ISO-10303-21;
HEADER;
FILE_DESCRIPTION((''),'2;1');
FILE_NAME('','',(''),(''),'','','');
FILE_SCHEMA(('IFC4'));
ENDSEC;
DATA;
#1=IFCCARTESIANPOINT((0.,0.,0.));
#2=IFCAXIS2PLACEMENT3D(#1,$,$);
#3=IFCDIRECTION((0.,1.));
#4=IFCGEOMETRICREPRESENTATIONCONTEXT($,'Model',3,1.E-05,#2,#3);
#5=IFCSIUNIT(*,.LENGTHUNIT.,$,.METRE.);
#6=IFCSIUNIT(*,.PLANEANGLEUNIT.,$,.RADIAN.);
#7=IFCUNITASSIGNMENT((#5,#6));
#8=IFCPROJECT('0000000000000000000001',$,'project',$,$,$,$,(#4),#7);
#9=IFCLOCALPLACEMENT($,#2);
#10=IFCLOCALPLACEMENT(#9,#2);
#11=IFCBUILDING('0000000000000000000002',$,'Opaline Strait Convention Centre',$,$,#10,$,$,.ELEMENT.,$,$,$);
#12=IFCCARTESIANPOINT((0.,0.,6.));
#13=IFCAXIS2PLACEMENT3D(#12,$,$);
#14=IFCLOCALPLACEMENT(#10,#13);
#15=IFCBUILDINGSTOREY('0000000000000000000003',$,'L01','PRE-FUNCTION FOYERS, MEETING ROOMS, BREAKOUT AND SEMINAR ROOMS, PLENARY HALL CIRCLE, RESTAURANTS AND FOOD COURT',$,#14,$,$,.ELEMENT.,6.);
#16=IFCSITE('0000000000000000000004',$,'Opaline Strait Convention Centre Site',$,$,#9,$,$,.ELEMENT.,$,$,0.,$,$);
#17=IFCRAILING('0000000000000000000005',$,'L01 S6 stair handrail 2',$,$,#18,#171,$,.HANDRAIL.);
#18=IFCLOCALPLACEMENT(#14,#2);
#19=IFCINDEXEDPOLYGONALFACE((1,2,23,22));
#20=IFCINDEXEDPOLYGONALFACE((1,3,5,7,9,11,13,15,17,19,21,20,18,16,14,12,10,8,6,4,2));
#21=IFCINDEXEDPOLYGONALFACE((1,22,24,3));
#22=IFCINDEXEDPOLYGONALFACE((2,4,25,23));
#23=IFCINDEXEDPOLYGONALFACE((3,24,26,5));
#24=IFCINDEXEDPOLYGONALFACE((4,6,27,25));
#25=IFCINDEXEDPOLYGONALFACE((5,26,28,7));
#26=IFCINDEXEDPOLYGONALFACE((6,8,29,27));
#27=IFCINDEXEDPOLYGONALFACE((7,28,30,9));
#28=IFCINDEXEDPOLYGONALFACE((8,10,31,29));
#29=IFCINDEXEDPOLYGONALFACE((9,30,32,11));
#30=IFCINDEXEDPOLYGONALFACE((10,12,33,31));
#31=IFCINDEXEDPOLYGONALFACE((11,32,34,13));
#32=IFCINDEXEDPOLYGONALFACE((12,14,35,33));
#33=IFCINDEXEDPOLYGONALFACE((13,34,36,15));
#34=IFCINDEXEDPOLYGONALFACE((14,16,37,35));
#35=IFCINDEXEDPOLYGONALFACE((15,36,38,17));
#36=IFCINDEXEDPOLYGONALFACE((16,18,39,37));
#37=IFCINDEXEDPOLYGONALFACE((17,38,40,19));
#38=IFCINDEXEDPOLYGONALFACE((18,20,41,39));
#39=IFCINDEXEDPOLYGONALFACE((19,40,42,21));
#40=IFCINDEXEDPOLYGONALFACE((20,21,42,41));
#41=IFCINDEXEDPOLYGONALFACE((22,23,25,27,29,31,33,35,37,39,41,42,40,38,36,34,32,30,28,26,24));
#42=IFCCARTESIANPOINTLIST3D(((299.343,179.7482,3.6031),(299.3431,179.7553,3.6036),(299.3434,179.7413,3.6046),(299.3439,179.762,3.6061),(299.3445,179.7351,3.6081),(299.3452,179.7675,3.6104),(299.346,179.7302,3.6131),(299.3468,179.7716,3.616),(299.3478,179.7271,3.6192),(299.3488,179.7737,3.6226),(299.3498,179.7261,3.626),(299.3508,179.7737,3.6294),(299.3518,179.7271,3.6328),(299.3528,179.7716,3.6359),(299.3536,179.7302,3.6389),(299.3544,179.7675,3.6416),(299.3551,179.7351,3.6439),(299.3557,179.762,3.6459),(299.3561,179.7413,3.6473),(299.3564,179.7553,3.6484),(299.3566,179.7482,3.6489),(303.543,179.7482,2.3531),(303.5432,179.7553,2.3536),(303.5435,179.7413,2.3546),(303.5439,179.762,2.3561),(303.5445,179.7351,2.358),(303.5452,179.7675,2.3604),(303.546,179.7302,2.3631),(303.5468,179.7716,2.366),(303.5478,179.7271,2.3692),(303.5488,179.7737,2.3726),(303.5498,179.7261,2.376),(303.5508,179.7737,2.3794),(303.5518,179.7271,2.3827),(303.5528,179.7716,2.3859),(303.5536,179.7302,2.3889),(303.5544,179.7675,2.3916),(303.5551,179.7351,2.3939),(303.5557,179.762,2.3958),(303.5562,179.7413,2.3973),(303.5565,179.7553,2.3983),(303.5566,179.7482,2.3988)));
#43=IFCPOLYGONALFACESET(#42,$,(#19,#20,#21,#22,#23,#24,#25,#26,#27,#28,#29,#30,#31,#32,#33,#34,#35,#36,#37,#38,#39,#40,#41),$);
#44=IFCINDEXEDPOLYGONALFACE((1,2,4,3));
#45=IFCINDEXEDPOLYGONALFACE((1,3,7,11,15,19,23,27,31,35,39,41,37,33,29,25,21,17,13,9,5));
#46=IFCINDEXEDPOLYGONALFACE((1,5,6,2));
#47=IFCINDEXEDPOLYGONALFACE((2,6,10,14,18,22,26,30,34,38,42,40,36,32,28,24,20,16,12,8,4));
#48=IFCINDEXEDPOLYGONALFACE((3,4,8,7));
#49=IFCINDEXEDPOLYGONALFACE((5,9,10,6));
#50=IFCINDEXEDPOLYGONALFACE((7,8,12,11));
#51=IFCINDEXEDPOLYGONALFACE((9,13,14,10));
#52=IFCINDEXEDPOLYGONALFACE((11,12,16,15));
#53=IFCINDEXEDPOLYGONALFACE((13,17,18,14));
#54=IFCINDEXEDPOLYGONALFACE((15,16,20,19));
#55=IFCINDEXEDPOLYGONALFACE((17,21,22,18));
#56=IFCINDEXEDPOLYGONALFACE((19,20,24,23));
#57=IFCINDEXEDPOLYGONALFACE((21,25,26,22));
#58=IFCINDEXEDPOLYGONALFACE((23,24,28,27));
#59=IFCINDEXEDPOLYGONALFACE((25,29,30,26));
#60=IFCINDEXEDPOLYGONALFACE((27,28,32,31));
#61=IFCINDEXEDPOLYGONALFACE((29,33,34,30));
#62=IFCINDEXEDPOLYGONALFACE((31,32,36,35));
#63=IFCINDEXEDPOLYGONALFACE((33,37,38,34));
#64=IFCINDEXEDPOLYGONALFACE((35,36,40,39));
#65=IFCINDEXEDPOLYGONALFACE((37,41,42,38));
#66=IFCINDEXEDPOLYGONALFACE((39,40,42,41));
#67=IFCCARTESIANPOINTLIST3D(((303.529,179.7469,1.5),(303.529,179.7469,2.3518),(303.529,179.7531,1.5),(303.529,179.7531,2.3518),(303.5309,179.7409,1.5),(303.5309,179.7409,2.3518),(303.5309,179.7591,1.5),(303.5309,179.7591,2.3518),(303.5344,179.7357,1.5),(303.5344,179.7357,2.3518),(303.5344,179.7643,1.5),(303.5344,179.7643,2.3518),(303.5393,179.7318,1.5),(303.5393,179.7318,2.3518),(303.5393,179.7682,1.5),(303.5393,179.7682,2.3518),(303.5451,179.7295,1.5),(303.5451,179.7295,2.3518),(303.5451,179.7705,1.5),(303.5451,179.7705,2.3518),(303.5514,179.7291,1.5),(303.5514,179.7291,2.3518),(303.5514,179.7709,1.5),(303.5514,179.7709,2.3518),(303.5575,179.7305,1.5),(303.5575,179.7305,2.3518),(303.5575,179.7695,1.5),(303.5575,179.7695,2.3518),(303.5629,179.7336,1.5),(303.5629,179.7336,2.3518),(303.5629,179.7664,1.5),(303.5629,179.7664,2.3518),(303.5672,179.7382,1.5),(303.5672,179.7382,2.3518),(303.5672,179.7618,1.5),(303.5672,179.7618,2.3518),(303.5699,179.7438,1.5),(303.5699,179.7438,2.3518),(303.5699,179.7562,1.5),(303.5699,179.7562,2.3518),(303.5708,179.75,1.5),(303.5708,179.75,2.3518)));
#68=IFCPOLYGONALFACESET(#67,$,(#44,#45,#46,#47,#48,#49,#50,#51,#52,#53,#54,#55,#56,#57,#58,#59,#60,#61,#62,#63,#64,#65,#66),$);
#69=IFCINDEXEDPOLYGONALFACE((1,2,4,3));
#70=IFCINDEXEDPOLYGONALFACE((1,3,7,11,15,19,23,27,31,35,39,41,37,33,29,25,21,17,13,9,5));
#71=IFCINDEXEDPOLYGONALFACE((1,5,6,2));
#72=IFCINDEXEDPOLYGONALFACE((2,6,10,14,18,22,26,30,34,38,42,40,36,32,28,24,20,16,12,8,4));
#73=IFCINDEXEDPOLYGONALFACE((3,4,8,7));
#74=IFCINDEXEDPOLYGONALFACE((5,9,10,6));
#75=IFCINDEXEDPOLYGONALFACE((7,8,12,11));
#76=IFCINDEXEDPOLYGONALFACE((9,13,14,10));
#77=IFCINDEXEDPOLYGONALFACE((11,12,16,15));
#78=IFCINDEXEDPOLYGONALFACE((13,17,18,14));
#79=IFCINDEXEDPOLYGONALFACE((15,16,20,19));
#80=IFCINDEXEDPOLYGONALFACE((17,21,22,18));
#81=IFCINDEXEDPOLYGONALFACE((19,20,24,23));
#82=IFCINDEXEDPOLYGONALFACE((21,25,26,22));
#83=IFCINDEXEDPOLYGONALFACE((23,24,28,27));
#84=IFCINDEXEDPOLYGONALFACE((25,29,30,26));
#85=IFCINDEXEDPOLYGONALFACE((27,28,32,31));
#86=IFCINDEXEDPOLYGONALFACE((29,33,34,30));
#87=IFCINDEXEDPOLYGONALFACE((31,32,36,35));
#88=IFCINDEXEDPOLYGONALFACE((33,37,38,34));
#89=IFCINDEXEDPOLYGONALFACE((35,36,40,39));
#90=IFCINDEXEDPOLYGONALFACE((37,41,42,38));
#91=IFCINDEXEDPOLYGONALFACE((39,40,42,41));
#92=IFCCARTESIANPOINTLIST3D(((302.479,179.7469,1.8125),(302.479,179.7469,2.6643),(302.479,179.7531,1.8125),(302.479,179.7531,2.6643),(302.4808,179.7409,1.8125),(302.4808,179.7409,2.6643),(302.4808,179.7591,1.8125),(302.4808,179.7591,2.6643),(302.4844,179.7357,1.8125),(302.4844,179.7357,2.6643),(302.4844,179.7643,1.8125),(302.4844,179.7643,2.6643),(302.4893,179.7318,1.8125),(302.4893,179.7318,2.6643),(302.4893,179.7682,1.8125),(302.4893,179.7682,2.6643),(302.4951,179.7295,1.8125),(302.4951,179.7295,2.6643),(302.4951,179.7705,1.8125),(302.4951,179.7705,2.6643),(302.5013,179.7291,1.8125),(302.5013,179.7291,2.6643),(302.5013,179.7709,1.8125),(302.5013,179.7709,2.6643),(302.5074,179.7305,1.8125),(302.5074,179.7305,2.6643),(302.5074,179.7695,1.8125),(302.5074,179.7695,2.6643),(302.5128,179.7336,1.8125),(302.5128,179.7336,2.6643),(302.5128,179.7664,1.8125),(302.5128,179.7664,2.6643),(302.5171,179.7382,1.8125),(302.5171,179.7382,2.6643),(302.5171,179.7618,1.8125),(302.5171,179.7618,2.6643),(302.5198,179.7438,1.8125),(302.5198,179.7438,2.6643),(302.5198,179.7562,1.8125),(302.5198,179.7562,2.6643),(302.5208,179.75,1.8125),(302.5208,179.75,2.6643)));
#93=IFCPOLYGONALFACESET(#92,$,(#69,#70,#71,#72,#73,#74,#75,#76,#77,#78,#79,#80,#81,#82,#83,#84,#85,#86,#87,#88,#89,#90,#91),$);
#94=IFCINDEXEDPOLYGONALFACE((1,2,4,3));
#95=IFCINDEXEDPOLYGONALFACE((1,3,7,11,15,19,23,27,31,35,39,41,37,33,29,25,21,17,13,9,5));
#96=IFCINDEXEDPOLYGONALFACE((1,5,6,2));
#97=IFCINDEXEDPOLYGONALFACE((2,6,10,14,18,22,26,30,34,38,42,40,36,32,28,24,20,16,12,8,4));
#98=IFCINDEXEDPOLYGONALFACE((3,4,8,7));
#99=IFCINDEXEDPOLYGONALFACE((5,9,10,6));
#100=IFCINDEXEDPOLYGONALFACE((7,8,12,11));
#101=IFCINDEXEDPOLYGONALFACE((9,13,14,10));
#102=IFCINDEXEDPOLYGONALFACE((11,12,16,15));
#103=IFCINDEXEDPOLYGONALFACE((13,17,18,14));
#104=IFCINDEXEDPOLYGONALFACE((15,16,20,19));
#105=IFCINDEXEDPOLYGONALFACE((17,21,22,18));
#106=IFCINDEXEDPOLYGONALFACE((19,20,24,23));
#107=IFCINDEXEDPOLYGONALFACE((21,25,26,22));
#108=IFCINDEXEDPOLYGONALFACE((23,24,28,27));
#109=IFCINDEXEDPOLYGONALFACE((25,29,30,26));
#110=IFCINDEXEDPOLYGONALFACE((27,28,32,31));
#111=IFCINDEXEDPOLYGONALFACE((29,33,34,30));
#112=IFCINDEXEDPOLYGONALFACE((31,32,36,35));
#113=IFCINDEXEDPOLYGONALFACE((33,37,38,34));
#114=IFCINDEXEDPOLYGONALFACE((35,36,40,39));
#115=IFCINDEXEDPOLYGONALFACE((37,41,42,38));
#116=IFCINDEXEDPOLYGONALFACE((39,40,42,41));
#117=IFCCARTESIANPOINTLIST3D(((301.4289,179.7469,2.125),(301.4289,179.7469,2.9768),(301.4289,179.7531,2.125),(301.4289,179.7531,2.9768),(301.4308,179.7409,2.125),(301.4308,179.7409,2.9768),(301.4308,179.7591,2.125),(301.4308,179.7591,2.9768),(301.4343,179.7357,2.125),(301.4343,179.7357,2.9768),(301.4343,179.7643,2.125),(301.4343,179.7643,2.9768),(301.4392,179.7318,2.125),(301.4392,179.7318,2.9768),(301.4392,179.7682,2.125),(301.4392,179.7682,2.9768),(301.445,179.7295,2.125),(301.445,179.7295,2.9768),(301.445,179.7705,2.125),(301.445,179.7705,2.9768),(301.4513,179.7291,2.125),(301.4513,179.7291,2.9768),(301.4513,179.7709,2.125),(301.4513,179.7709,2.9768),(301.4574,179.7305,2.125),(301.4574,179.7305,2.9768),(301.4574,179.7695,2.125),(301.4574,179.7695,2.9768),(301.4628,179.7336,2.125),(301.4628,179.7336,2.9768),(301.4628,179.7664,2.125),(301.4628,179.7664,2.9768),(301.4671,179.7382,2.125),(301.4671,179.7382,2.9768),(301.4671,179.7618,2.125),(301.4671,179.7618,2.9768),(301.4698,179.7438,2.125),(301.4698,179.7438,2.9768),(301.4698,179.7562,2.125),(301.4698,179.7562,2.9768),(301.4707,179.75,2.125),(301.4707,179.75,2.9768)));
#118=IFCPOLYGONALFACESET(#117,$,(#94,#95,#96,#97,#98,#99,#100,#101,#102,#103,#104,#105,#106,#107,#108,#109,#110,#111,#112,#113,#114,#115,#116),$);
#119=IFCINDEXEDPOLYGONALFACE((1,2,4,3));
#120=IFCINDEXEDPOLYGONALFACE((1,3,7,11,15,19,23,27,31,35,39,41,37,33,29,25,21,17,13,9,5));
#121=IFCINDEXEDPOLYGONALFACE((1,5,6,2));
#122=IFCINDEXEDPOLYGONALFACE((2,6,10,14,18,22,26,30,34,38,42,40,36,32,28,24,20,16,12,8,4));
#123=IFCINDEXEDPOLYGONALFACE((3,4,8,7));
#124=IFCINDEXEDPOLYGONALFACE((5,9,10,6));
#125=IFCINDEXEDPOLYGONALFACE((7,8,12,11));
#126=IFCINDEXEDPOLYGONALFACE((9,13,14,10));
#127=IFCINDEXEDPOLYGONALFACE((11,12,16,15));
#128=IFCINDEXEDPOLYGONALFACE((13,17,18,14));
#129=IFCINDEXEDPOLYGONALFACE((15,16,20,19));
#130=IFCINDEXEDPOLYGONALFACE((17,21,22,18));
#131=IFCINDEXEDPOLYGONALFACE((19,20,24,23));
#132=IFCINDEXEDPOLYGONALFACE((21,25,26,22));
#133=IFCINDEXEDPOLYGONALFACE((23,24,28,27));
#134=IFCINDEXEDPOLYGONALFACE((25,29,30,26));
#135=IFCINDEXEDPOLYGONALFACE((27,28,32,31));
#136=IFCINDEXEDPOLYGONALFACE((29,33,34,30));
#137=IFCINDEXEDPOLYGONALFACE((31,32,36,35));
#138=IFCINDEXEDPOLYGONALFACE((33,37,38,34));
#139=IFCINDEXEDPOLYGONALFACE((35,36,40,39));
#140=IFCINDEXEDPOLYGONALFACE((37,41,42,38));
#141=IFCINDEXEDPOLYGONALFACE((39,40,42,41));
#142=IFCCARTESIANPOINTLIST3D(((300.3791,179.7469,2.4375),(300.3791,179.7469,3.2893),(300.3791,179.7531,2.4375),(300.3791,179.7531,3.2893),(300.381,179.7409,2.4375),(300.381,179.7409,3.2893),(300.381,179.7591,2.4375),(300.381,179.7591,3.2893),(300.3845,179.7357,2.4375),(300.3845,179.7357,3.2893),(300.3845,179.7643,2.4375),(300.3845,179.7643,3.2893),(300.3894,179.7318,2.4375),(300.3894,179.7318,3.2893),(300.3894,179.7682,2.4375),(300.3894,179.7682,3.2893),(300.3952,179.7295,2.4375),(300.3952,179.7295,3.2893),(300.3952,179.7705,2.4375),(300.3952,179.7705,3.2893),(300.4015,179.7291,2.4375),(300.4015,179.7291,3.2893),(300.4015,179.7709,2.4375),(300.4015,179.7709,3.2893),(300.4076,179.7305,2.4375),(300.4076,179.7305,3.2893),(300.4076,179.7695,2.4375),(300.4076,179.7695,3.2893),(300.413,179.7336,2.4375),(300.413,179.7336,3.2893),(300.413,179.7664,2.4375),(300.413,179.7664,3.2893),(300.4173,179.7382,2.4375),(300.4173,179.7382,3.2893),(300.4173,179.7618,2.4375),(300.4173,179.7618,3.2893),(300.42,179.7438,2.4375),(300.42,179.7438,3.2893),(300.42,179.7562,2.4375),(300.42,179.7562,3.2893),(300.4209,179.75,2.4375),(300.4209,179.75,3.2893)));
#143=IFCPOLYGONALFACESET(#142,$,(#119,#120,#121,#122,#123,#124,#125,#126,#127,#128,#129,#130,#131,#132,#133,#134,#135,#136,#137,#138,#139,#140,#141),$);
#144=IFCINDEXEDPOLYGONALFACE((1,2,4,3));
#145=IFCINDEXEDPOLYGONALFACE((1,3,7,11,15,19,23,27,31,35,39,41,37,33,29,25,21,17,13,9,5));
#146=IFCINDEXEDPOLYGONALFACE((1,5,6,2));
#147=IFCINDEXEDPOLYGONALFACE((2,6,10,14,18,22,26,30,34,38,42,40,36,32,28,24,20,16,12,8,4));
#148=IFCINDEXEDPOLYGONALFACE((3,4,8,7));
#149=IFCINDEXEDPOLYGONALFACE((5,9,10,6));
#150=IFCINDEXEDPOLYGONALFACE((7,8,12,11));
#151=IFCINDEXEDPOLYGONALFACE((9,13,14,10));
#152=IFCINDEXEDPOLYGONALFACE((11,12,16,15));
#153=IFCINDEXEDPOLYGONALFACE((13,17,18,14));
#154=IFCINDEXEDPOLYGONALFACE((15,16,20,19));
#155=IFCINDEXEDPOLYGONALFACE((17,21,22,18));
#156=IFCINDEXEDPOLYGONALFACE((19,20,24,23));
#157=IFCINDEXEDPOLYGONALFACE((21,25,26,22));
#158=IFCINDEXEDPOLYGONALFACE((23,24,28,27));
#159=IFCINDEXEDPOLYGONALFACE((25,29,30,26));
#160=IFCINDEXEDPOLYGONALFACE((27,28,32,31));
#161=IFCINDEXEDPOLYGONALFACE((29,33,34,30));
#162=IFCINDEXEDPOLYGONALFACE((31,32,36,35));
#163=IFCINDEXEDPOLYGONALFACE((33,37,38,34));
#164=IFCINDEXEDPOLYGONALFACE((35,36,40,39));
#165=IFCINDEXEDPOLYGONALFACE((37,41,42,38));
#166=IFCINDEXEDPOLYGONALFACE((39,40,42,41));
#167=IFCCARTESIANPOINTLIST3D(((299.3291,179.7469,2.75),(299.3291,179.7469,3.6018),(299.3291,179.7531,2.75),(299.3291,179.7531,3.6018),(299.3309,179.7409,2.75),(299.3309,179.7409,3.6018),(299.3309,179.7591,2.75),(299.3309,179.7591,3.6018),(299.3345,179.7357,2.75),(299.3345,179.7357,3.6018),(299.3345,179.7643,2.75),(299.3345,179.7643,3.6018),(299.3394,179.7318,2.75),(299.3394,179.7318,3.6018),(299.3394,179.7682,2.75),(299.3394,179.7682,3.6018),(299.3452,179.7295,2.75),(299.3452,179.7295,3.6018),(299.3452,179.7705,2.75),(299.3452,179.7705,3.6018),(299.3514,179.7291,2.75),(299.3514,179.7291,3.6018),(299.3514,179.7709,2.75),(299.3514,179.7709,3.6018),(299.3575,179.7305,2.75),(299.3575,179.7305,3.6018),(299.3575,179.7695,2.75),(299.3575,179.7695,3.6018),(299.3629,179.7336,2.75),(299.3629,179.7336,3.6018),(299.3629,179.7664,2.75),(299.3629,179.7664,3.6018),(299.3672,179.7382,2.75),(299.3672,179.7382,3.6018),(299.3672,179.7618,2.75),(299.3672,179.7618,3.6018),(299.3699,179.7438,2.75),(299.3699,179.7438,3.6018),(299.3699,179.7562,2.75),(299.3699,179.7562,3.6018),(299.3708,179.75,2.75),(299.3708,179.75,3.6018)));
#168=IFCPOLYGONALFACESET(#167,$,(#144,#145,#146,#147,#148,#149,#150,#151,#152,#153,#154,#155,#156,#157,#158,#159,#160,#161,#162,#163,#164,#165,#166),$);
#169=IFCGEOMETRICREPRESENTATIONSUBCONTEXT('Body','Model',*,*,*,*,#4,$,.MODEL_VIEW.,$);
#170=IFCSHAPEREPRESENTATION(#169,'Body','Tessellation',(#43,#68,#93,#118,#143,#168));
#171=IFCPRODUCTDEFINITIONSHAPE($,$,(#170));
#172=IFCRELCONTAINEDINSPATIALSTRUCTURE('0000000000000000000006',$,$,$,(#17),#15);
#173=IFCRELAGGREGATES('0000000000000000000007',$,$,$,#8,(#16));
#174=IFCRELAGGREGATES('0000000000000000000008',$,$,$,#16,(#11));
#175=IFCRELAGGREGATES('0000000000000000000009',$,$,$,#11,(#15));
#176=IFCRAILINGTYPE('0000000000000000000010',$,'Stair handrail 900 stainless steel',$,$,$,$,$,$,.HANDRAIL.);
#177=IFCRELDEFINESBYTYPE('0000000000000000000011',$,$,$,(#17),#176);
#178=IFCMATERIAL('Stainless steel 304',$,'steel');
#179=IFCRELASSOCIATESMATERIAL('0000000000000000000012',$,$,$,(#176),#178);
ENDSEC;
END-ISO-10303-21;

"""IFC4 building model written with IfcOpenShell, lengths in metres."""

from ifc_helpers import new_model, si_unit, direction, frame, origin, origin_2d, place, context, subcontext, project, spatial, circle, extrude, material, type_object, element, save


model = new_model("IFC4")

# Units and contexts
model_context = context("Model", 3, precision=1e-05, world=origin(), true_north=direction((0.0, 1.0)))
body_context = subcontext(model_context, "Body", "Model", "MODEL_VIEW")
ifc_project = project(units=[si_unit("LENGTHUNIT", "METRE"), si_unit("PLANEANGLEUNIT", "RADIAN")], contexts=[model_context])

# Site, building, storey
site_placement = place(None, origin())
site = spatial("IfcSite", under=ifc_project, at=site_placement, Name="Opaline Strait Convention Centre Site", CompositionType="ELEMENT", RefElevation=0.0)
building_placement = place(site_placement, origin())
building = spatial("IfcBuilding", under=site, at=building_placement, Name="Opaline Strait Convention Centre", CompositionType="ELEMENT")
storey_placement = place(building_placement, frame((0.0, 0.0, 6.0)))
storey = spatial("IfcBuildingStorey", under=building, at=storey_placement, Name="L01", Description="PRE-FUNCTION FOYERS, MEETING ROOMS, BREAKOUT AND SEMINAR ROOMS, PLENARY HALL CIRCLE, RESTAURANTS AND FOOD COURT", CompositionType="ELEMENT", Elevation=6.0)

# Railing
ifc_material_1 = material(Name="Stainless steel 304", Category="steel")
railing_type_1 = type_object("IfcRailingType", Name="Stair handrail 900 stainless steel", PredefinedType="HANDRAIL", material=ifc_material_1)
railing_1_placement = place(storey_placement, frame((303.5498, 179.75, 1.5)))
element("IfcRailing", 1, at=railing_1_placement, inside=storey, type_object=railing_type_1, Name="L01 S6 stair handrail 2", PredefinedType="HANDRAIL", context=body_context, shape_type="SweptSolid", body=[
    extrude(circle(Radius=0.0239, at=origin_2d()), frame((0.0, 0.0, 0.876), z_axis=(-0.958451, 0.0, 0.285257), x_axis=(0.0, -1.0, 0.0)), (0.0, 0.0, 1.0), 4.3821),
    extrude(circle(Radius=0.021, at=origin_2d()), origin(), (0.0, 0.0, 1.0), 0.8518),
    extrude(circle(Radius=0.021, at=origin_2d()), frame((-1.05, 0.0, 0.3125)), (0.0, 0.0, 1.0), 0.8518),
    extrude(circle(Radius=0.021, at=origin_2d()), frame((-2.1001, 0.0, 0.625)), (0.0, 0.0, 1.0), 0.8518),
    extrude(circle(Radius=0.021, at=origin_2d()), frame((-3.1499, 0.0, 0.9375)), (0.0, 0.0, 1.0), 0.8518),
    extrude(circle(Radius=0.021, at=origin_2d()), frame((-4.2, 0.0, 1.25)), (0.0, 0.0, 1.0), 0.8518),
])

save(model, "model.ifc")
